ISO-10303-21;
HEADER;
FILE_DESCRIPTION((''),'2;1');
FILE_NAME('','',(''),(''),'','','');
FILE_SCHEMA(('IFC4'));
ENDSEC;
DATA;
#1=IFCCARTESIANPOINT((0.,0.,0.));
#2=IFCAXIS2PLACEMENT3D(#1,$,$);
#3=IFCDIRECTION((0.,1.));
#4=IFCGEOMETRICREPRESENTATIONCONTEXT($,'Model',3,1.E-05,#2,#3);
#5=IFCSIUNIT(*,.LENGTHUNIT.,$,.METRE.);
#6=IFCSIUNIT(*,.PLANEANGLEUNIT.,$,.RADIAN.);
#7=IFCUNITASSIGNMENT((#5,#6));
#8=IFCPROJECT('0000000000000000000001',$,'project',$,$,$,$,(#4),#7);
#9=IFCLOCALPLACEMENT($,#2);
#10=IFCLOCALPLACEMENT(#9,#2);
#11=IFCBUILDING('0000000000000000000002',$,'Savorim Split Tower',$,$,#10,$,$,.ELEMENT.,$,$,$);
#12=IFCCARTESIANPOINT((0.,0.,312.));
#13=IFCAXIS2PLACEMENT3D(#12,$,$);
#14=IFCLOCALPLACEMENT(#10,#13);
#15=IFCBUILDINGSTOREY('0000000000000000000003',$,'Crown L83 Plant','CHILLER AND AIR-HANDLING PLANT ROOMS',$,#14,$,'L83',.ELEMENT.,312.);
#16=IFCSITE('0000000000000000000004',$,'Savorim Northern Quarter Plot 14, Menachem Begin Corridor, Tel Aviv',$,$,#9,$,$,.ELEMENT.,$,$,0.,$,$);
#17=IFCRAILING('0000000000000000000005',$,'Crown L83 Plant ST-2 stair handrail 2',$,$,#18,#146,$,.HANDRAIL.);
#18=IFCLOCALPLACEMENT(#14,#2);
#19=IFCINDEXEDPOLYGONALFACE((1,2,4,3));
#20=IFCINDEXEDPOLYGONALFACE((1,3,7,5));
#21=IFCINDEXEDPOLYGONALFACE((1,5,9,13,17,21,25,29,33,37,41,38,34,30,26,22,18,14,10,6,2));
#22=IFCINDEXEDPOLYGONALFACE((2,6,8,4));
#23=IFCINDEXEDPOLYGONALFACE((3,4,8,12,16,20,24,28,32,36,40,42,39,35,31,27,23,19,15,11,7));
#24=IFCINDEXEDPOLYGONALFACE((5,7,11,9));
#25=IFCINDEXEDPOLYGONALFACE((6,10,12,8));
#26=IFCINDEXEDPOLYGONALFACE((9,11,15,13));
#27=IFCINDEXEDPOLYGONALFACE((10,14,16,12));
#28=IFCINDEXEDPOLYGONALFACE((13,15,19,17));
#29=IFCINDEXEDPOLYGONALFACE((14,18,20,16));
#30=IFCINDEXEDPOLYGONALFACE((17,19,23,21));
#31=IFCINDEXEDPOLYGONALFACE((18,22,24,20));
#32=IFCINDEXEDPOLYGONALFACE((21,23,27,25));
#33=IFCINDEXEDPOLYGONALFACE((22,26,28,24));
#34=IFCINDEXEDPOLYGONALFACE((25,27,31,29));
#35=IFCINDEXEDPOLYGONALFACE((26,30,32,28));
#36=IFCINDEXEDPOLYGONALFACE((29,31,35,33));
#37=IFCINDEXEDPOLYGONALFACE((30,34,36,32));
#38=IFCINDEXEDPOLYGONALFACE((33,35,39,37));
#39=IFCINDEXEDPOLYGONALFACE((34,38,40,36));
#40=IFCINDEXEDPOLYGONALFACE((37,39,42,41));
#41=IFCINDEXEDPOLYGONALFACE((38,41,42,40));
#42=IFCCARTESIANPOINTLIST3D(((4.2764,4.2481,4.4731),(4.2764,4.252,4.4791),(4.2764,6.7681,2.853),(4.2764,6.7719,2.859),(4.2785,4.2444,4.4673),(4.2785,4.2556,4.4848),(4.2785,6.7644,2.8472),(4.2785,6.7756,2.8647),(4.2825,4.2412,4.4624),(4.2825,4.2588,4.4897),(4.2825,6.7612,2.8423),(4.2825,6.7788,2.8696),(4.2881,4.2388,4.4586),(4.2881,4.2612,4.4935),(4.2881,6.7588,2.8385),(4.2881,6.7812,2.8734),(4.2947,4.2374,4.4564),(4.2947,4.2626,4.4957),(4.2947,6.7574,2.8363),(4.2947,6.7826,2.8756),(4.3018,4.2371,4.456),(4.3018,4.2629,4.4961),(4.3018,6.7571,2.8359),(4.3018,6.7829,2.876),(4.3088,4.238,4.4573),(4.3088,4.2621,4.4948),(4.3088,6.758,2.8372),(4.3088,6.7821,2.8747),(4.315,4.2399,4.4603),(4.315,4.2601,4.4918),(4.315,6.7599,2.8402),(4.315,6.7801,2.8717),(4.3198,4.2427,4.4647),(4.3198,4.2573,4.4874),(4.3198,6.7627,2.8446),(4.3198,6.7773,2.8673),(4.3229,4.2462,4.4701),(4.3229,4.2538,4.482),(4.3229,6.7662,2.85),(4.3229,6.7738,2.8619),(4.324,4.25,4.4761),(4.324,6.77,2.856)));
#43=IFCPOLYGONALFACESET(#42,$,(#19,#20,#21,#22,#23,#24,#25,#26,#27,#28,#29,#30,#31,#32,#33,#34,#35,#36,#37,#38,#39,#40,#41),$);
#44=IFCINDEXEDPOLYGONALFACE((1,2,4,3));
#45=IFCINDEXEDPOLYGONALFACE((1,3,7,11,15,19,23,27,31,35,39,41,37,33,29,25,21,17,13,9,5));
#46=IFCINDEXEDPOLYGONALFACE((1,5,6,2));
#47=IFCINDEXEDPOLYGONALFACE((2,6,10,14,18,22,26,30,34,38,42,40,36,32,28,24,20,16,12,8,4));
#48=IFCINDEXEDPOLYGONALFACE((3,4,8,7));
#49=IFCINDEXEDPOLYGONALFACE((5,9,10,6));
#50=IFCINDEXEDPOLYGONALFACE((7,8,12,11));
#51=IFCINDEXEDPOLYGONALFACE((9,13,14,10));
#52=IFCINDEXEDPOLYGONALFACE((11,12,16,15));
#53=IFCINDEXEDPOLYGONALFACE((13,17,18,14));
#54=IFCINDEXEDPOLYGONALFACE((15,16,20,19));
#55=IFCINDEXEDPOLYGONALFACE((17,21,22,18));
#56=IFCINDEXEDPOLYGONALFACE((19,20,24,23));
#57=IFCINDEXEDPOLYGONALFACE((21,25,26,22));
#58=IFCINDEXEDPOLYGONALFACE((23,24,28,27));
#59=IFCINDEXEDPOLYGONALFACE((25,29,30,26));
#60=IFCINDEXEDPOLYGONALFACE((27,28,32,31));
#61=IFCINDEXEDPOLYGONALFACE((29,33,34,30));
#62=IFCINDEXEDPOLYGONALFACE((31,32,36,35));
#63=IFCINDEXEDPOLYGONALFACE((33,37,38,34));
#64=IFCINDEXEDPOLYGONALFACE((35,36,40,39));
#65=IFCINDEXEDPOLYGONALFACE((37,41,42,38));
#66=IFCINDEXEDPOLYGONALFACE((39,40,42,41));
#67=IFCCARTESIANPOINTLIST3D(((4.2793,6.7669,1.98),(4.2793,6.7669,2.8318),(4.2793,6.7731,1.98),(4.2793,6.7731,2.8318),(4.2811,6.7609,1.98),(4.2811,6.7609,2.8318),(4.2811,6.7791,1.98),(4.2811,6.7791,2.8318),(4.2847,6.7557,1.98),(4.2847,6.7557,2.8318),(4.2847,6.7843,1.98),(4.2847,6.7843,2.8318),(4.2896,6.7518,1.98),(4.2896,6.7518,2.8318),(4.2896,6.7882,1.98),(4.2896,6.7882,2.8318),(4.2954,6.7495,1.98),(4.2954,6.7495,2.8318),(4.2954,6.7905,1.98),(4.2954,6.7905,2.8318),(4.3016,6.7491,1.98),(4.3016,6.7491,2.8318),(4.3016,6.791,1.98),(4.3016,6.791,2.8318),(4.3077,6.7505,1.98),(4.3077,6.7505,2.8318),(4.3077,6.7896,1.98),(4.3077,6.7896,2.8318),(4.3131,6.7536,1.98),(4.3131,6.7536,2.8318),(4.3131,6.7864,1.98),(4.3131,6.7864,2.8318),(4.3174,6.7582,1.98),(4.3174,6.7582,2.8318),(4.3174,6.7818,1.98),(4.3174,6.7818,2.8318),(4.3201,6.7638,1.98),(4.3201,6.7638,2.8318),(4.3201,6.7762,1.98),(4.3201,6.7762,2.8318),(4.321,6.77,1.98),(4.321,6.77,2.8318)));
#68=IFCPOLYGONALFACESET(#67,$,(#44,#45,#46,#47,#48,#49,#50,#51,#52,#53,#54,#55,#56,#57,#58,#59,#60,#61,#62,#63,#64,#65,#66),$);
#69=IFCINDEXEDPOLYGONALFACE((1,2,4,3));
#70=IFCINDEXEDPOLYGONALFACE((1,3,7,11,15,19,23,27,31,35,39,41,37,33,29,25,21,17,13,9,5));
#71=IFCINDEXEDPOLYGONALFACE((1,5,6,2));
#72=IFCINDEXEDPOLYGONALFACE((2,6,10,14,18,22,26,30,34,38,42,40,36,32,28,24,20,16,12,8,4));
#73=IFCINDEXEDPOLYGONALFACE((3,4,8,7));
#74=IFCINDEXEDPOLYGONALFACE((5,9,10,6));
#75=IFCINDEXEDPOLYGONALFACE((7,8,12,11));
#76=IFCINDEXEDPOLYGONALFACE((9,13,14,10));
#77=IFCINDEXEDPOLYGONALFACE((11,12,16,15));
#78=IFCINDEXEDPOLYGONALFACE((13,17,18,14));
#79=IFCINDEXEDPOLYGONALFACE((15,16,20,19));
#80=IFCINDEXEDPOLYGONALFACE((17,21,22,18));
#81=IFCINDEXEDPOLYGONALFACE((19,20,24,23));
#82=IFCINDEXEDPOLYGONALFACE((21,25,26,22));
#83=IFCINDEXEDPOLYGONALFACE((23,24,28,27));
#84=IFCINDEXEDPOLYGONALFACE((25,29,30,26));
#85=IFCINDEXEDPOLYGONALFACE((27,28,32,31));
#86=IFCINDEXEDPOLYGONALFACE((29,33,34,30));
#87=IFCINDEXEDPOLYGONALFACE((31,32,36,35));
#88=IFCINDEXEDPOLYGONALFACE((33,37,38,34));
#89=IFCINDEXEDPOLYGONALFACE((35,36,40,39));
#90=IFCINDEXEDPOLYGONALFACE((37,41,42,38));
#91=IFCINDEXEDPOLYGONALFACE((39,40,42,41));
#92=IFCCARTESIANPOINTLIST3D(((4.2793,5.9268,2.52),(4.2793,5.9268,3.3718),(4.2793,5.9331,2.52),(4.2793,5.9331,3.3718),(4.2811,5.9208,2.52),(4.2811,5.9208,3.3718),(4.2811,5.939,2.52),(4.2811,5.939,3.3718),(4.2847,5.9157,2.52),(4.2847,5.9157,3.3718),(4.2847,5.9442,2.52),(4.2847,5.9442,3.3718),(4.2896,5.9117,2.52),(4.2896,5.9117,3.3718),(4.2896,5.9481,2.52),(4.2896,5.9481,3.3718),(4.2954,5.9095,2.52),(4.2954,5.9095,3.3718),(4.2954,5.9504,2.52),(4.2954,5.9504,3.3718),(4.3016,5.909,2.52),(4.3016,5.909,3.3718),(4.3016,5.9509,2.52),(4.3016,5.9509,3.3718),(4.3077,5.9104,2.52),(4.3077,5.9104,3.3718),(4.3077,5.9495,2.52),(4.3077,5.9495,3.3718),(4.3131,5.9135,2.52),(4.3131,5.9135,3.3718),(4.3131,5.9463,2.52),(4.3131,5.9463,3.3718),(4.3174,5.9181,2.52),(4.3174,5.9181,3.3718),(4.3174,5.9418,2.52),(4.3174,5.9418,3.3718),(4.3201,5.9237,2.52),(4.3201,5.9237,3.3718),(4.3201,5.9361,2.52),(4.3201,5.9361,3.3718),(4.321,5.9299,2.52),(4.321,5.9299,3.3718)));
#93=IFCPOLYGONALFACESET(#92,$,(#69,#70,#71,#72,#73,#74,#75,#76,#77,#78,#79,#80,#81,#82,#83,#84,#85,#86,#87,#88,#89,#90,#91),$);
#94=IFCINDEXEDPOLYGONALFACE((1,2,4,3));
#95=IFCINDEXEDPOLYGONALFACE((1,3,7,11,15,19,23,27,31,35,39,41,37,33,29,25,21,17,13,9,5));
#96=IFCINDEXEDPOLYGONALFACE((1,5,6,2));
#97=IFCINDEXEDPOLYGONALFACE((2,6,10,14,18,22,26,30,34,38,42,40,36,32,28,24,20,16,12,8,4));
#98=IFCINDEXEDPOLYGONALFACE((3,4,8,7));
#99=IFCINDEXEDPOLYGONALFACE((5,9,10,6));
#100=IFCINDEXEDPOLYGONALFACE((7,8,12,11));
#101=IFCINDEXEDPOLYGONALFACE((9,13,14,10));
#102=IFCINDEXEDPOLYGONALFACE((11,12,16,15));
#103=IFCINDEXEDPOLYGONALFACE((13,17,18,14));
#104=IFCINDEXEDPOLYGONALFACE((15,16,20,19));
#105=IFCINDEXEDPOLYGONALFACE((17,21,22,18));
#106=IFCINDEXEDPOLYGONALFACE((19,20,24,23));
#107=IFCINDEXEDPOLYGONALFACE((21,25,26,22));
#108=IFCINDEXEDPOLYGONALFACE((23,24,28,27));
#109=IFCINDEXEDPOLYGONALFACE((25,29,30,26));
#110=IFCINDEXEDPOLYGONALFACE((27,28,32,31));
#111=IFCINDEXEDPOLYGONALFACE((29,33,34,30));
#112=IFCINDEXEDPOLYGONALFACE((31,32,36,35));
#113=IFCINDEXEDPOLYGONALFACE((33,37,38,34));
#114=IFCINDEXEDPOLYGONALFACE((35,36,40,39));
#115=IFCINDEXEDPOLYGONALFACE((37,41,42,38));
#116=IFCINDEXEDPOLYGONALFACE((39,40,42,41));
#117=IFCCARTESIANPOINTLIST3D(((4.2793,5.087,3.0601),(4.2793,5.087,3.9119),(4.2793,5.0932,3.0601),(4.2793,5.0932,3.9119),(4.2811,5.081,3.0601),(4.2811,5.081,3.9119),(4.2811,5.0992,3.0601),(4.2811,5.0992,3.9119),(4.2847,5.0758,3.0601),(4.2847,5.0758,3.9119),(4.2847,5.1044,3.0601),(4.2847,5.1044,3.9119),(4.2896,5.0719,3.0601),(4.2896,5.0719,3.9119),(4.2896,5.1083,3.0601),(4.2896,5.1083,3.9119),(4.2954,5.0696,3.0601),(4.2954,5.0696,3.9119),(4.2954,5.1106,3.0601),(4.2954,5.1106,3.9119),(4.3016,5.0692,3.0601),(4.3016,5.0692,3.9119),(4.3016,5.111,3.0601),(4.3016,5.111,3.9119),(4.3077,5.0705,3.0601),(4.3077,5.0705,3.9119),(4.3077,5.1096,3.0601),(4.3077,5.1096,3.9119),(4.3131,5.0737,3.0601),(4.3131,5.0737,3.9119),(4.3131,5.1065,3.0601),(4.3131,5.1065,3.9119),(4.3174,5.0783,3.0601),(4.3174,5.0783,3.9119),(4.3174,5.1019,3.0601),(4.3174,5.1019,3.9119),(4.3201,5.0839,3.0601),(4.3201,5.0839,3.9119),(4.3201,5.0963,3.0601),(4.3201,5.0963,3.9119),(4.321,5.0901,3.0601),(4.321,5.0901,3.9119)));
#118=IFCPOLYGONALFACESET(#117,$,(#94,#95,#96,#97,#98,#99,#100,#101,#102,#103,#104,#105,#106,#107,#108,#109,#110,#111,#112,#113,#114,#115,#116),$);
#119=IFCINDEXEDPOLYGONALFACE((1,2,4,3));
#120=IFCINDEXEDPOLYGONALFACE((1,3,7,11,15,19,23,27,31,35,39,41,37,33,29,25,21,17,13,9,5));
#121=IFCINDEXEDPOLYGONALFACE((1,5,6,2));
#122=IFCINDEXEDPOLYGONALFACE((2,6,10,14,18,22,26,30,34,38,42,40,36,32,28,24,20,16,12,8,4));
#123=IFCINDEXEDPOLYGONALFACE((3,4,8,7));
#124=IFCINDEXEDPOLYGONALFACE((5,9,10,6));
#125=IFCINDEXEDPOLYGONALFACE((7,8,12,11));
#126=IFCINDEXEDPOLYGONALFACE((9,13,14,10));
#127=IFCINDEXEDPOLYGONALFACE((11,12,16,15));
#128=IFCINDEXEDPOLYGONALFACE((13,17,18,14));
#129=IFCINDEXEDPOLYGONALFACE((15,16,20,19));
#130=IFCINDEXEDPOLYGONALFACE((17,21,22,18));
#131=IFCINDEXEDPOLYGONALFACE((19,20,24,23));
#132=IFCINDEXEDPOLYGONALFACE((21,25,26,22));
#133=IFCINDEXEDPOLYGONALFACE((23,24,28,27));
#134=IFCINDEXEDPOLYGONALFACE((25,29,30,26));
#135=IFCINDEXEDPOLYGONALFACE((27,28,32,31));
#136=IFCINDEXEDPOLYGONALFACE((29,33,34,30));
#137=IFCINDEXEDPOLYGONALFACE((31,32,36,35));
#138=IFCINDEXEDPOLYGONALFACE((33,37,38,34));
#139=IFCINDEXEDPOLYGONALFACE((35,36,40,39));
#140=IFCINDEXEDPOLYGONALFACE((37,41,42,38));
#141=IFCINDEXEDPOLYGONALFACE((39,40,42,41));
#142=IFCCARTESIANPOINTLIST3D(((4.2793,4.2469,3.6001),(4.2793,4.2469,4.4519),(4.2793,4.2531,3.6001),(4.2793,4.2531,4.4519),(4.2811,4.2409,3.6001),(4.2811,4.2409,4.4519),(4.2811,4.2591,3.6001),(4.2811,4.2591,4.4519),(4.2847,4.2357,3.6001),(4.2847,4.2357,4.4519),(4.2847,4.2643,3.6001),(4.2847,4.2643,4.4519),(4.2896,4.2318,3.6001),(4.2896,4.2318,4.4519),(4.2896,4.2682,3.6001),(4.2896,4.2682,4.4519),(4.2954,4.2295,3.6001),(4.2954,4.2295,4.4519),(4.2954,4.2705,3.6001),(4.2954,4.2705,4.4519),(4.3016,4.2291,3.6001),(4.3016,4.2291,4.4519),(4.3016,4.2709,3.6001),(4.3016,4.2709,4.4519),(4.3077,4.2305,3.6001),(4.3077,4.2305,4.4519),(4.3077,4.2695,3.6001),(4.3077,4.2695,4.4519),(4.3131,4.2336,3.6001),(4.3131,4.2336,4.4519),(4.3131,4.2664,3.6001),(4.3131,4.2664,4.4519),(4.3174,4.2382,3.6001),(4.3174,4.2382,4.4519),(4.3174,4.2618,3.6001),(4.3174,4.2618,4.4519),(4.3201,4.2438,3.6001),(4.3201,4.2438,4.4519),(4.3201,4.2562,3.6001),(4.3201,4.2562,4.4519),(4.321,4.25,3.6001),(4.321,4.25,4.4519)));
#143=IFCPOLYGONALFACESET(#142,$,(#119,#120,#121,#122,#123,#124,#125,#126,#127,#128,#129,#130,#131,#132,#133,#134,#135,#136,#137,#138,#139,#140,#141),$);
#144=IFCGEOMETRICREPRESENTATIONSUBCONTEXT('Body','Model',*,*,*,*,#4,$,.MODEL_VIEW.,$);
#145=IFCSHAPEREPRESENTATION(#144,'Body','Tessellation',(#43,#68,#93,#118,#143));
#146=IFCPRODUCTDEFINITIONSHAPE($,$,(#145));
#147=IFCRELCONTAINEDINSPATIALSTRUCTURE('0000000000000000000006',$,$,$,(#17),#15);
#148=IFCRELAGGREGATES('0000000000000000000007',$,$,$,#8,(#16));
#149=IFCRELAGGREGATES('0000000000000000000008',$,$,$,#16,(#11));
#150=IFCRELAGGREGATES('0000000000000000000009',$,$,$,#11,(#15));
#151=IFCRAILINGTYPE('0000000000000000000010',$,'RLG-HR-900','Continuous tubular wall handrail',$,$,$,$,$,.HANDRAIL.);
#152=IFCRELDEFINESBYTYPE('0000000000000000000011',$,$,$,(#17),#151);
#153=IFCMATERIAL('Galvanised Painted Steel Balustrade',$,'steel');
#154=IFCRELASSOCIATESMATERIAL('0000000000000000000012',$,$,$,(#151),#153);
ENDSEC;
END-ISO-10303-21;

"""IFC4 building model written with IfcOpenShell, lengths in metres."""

from ifc_helpers import new_model, si_unit, direction, frame, origin, origin_2d, place, context, subcontext, project, spatial, circle, extrude, material, type_object, element, save


model = new_model("IFC4")

# Units and contexts
model_context = context("Model", 3, precision=1e-05, world=origin(), true_north=direction((0.0, 1.0)))
body_context = subcontext(model_context, "Body", "Model", "MODEL_VIEW")
ifc_project = project(units=[si_unit("LENGTHUNIT", "METRE"), si_unit("PLANEANGLEUNIT", "RADIAN")], contexts=[model_context])

# Site, building, storey
site_placement = place(None, origin())
site = spatial("IfcSite", under=ifc_project, at=site_placement, Name="Savorim Northern Quarter Plot 14, Menachem Begin Corridor, Tel Aviv", CompositionType="ELEMENT", RefElevation=0.0)
building_placement = place(site_placement, origin())
building = spatial("IfcBuilding", under=site, at=building_placement, Name="Savorim Split Tower", CompositionType="ELEMENT")
storey_placement = place(building_placement, frame((0.0, 0.0, 312.0)))
storey = spatial("IfcBuildingStorey", under=building, at=storey_placement, Name="Crown L83 Plant", Description="CHILLER AND AIR-HANDLING PLANT ROOMS", LongName="L83", CompositionType="ELEMENT", Elevation=312.0)

# Railing
ifc_material_1 = material(Name="Galvanised Painted Steel Balustrade", Category="steel")
railing_type_1 = type_object("IfcRailingType", Name="RLG-HR-900", Description="Continuous tubular wall handrail", PredefinedType="HANDRAIL", material=ifc_material_1)
railing_1_placement = place(storey_placement, frame((4.3, 6.77, 1.98)))
element("IfcRailing", 1, at=railing_1_placement, inside=storey, type_object=railing_type_1, Name="Crown L83 Plant ST-2 stair handrail 2", PredefinedType="HANDRAIL", context=body_context, shape_type="SweptSolid", body=[
    extrude(circle(Radius=0.0239, at=origin_2d()), frame((0.0, 0.0, 0.876), z_axis=(0.0, -0.841163, 0.540782), x_axis=(1.0, 0.0, 0.0)), (0.0, 0.0, 1.0), 2.9958),
    extrude(circle(Radius=0.021, at=origin_2d()), origin(), (0.0, 0.0, 1.0), 0.8518),
    extrude(circle(Radius=0.021, at=origin_2d()), frame((0.0, -0.8401, 0.54)), (0.0, 0.0, 1.0), 0.8518),
    extrude(circle(Radius=0.021, at=origin_2d()), frame((0.0, -1.6799, 1.0801)), (0.0, 0.0, 1.0), 0.8518),
    extrude(circle(Radius=0.021, at=origin_2d()), frame((0.0, -2.52, 1.6201)), (0.0, 0.0, 1.0), 0.8518),
])

save(model, "model.ifc")
